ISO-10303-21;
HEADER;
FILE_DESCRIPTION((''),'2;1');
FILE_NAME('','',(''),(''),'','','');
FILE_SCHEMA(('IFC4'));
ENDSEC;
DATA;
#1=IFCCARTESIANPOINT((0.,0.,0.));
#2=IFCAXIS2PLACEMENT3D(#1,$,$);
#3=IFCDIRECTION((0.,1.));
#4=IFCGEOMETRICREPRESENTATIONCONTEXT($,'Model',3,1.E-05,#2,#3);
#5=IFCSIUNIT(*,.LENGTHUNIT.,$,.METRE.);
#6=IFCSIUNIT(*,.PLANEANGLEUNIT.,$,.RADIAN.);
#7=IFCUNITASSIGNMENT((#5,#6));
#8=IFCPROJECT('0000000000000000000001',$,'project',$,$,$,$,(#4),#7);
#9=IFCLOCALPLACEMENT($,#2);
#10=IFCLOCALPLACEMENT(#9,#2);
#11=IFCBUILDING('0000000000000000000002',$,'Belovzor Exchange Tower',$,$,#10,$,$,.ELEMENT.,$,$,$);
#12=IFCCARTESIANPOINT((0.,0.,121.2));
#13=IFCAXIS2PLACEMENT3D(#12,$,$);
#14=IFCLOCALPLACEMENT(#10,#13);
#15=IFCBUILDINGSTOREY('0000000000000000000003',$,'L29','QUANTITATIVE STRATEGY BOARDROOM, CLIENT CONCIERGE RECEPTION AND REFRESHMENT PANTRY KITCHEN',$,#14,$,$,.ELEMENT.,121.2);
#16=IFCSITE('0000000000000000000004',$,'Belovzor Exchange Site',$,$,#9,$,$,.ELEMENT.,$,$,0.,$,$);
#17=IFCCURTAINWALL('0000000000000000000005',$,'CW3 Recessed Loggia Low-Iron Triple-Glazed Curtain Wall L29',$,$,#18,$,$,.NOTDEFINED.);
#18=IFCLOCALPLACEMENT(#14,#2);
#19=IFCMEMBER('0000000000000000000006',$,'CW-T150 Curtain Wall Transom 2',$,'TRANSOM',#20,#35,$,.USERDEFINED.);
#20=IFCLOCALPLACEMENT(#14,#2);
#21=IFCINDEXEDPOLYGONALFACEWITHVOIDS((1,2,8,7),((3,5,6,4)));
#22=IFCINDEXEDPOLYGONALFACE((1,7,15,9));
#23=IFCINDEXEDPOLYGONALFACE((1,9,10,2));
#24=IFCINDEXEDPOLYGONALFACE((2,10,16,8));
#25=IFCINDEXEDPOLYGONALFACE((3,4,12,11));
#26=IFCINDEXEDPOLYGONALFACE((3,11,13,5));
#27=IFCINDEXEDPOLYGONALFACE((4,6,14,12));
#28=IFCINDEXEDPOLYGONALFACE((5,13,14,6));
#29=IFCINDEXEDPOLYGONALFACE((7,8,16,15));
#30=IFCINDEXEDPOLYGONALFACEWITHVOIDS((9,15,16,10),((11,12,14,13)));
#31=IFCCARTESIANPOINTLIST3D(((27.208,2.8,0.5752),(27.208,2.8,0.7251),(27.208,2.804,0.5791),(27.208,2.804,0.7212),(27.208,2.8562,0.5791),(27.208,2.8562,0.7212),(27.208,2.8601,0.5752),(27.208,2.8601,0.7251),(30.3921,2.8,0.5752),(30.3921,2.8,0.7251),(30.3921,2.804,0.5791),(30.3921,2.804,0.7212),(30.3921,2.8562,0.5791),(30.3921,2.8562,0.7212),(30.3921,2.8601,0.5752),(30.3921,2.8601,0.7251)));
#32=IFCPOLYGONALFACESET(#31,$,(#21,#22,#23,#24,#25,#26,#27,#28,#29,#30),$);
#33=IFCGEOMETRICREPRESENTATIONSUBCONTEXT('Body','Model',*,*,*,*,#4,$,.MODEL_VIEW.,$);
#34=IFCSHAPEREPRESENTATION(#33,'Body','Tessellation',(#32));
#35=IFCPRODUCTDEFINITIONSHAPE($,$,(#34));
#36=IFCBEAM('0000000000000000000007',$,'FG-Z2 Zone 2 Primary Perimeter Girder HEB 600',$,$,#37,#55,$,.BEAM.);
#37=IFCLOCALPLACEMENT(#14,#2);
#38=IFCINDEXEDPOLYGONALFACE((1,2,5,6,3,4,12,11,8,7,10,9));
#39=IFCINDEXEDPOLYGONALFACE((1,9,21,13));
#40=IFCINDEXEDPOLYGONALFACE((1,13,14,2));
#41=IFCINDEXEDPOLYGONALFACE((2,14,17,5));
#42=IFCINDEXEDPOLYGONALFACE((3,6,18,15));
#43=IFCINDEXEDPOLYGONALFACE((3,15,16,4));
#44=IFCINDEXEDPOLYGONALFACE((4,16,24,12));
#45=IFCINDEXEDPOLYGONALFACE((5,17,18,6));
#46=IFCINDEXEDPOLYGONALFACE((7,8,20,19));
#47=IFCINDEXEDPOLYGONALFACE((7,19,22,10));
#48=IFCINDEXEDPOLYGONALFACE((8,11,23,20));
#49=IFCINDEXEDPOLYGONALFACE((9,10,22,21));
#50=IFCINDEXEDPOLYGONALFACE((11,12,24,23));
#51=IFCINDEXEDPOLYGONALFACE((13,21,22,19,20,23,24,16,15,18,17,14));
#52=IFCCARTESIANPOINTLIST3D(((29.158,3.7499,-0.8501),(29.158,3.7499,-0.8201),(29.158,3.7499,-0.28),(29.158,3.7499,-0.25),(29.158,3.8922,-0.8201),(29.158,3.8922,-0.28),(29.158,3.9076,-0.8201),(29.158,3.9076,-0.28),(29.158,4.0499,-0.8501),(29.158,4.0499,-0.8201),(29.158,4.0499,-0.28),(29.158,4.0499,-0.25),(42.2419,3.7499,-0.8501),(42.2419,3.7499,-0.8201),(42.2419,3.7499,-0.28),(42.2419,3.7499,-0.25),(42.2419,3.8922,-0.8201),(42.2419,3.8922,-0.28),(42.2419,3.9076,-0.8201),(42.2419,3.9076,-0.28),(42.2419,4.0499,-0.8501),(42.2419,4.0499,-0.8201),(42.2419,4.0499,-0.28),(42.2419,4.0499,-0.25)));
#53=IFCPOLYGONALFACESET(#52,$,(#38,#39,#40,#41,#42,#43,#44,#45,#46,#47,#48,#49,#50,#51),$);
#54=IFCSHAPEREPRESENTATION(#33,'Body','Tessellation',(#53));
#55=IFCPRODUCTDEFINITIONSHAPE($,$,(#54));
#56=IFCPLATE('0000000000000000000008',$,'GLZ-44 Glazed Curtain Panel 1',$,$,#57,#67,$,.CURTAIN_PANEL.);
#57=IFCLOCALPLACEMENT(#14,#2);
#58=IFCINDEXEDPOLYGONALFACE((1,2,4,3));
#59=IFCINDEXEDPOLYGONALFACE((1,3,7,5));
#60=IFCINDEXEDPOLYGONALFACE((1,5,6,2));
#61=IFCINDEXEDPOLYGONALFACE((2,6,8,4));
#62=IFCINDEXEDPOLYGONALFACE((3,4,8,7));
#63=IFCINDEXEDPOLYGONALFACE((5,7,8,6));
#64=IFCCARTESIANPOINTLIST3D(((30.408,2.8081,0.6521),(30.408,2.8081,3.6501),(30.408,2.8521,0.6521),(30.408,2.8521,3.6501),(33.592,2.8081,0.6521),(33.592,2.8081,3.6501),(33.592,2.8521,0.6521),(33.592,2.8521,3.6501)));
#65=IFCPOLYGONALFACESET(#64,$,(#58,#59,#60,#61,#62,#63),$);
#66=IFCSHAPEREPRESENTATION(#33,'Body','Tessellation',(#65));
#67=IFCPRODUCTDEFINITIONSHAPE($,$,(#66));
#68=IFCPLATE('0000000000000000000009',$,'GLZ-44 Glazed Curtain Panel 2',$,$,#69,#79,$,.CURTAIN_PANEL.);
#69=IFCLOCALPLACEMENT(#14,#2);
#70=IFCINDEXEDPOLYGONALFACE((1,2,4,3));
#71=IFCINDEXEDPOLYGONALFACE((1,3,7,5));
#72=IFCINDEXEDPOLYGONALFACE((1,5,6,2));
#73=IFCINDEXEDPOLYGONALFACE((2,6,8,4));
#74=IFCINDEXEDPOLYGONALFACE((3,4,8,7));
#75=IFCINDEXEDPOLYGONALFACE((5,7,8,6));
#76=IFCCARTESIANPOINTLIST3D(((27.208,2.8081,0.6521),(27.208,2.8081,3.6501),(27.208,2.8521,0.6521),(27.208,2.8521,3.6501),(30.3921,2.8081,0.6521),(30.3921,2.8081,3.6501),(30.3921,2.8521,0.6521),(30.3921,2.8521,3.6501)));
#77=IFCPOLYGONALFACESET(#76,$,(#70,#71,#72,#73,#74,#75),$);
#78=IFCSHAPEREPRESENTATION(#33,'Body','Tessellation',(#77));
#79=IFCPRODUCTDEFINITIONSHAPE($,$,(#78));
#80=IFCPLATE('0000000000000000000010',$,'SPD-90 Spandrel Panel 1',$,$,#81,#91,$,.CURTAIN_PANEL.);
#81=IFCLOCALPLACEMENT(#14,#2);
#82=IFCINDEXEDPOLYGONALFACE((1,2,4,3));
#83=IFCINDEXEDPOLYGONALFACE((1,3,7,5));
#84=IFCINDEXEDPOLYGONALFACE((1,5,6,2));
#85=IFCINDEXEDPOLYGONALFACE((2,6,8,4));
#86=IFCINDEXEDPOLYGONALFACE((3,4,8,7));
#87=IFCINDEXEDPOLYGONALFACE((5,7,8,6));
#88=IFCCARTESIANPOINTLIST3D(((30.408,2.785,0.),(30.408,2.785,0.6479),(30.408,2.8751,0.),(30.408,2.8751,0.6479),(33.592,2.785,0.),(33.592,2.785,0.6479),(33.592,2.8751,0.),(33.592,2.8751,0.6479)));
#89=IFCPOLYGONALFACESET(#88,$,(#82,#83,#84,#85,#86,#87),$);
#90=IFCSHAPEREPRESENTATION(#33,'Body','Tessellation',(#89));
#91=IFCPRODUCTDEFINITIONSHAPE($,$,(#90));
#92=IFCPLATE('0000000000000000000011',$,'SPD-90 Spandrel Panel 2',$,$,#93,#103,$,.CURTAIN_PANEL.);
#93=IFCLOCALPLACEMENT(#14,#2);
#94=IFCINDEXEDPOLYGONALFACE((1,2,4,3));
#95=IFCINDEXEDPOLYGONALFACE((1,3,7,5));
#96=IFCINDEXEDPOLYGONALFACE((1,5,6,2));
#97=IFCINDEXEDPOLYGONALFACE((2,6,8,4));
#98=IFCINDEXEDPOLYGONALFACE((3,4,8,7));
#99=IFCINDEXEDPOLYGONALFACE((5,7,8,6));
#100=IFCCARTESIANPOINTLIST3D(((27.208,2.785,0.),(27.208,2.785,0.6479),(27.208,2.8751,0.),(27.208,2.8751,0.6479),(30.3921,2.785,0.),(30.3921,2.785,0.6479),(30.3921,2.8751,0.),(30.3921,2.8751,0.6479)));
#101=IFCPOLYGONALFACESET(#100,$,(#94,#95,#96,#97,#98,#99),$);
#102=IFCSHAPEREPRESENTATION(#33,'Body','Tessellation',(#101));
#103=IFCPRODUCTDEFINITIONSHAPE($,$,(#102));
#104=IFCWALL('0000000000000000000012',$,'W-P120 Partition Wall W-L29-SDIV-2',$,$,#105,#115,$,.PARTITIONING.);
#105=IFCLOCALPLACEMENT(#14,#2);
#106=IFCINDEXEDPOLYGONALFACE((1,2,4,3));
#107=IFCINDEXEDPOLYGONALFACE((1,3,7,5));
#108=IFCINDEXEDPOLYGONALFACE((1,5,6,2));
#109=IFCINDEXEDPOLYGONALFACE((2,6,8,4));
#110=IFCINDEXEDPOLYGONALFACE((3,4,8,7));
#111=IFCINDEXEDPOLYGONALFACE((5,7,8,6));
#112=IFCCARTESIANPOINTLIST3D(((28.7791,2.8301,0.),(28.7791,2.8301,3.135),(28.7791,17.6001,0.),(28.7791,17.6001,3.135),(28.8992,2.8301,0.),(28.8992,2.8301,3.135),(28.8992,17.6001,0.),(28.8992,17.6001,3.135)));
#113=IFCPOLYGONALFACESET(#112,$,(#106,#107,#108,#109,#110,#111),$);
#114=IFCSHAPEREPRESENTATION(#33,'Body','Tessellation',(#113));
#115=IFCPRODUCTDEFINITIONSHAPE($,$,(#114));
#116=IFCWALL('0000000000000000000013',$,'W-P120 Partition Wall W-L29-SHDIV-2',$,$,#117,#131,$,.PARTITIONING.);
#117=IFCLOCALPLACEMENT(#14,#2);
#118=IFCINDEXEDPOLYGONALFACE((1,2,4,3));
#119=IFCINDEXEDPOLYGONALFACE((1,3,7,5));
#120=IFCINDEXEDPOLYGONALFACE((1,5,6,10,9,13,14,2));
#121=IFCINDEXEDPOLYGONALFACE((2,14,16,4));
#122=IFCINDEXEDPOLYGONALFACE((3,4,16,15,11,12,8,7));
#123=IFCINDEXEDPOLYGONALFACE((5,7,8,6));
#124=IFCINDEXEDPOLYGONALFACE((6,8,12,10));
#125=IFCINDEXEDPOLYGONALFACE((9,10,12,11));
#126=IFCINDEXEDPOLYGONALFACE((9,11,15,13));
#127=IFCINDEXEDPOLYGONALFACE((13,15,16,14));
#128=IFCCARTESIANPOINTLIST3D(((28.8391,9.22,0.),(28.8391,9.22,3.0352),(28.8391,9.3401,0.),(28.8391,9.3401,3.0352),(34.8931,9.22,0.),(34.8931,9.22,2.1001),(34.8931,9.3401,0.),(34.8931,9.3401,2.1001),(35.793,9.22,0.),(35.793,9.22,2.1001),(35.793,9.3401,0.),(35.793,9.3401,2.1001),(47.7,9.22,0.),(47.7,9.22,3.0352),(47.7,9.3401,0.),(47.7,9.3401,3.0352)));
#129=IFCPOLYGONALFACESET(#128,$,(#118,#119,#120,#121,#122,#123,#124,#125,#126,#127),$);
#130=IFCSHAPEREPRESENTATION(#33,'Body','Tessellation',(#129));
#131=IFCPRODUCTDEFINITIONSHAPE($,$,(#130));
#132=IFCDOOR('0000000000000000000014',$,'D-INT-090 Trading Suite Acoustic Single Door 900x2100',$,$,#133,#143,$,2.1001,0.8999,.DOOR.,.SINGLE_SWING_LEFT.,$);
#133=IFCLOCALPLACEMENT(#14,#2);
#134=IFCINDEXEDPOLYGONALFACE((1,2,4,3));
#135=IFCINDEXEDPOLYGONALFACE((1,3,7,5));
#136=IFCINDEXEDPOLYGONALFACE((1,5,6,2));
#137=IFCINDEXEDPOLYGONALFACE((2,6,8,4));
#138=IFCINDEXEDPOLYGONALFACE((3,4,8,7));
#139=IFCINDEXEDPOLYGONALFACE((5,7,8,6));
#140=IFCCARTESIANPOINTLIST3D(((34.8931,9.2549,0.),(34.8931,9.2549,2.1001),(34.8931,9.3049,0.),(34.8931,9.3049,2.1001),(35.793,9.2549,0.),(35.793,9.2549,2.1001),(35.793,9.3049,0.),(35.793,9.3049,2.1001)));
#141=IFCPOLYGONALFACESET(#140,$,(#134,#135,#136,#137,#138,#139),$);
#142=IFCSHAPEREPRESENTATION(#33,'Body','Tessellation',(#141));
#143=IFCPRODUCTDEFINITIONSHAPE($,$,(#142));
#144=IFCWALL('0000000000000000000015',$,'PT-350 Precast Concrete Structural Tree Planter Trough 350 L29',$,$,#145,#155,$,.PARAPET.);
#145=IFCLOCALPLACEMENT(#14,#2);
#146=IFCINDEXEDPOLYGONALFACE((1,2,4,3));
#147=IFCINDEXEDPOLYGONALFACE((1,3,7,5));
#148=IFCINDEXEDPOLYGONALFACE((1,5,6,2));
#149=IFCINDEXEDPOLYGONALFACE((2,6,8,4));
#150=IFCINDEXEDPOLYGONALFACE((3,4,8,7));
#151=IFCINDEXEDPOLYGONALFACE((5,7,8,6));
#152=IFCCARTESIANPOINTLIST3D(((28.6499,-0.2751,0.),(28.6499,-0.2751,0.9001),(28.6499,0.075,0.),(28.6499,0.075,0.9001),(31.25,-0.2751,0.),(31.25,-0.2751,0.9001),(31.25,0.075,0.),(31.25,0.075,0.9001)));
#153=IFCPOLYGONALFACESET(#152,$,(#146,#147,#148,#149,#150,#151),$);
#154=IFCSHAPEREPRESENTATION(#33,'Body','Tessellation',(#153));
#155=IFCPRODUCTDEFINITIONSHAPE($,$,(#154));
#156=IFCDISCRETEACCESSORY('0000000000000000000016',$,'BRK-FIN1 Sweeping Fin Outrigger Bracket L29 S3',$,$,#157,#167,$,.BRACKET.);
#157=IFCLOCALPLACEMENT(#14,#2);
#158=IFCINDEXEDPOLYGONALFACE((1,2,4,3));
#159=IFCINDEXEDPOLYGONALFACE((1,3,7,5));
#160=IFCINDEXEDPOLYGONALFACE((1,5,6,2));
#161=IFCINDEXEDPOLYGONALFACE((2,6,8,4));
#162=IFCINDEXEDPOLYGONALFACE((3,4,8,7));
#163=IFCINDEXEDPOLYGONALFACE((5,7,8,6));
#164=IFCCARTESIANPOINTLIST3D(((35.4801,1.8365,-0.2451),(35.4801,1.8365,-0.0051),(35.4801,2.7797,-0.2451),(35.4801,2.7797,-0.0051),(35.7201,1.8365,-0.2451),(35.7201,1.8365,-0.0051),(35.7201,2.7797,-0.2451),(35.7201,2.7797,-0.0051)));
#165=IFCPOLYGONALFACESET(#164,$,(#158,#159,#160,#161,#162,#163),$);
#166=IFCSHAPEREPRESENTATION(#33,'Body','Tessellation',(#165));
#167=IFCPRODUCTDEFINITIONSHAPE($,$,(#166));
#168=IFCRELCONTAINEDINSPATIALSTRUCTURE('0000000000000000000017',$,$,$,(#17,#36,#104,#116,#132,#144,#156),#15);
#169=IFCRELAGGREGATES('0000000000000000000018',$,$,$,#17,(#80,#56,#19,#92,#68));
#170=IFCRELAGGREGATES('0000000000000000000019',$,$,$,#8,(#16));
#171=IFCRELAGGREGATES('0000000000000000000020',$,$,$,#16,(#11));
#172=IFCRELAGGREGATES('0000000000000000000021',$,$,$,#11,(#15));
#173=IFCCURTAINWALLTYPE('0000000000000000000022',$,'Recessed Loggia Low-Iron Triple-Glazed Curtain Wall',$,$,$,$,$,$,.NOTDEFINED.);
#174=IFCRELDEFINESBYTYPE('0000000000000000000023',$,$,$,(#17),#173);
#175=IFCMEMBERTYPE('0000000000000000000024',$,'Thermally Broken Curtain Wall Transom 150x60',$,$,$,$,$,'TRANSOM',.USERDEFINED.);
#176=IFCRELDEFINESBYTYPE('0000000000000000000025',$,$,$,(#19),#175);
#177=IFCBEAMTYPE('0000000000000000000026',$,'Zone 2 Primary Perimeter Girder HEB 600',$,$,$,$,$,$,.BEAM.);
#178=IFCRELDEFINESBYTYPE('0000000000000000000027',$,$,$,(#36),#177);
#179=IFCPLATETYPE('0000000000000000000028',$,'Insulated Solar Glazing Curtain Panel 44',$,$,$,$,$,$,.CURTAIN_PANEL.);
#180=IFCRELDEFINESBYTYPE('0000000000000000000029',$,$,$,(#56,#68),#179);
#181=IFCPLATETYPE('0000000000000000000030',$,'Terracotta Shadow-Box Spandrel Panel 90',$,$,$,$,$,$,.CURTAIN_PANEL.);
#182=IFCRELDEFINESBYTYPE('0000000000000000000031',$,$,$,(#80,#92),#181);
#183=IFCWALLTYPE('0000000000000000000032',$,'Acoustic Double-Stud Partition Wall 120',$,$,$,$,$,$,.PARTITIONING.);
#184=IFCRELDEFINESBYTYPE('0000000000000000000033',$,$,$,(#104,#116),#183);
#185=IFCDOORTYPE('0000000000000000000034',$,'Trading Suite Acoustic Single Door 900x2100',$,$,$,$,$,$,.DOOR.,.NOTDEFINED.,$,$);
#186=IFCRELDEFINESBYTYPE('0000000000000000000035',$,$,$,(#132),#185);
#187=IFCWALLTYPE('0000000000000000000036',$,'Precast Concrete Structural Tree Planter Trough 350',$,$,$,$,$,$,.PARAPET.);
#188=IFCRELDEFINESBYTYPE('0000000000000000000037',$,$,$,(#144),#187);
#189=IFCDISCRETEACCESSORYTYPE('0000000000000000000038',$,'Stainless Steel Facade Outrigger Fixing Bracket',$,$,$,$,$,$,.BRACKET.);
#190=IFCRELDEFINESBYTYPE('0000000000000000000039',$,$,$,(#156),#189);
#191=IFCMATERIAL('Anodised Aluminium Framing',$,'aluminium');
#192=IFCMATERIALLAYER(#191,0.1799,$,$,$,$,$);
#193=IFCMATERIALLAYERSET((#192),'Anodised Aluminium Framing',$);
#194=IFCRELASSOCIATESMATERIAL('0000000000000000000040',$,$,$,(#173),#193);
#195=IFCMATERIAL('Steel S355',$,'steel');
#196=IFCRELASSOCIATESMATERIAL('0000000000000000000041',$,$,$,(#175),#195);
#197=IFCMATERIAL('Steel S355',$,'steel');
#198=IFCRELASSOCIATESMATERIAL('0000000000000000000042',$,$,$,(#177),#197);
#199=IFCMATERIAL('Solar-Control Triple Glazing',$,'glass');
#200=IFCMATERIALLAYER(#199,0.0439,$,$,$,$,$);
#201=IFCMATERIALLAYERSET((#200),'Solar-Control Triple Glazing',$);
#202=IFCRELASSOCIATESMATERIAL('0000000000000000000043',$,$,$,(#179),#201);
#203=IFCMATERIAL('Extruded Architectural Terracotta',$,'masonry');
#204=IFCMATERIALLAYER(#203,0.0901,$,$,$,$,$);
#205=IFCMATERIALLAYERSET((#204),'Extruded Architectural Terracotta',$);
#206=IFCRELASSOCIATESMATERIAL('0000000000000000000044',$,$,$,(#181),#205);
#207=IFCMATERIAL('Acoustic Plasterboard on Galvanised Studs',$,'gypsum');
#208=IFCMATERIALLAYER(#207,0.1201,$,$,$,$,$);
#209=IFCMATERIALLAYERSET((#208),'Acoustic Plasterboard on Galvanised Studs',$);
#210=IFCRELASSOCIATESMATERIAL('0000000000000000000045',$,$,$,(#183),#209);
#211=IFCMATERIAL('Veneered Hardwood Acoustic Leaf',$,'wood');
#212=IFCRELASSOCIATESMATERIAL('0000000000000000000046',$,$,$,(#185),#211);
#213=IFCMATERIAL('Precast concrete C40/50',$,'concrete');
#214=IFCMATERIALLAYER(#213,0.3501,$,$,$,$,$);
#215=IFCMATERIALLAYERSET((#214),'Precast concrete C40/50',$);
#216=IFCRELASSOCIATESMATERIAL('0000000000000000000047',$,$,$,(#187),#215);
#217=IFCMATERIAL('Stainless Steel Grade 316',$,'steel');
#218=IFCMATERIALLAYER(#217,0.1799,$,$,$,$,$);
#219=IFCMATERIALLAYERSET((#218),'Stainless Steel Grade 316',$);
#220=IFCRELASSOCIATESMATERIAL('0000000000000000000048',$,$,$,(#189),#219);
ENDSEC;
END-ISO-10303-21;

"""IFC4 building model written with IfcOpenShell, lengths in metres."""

from ifc_helpers import new_model, si_unit, direction, frame, frame_2d, origin, origin_2d, place, context, subcontext, project, spatial, rectangle, hollow_rectangle, i_section, extrude, material, layer, layer_set, material_profile, profile_set, type_object, element, fill, aggregate, save


model = new_model("IFC4")

# Units and contexts
model_context = context("Model", 3, precision=1e-05, world=origin(), true_north=direction((0.0, 1.0)))
body_context = subcontext(model_context, "Body", "Model", "MODEL_VIEW")
ifc_project = project(units=[si_unit("LENGTHUNIT", "METRE"), si_unit("PLANEANGLEUNIT", "RADIAN")], contexts=[model_context])

# Site, building, storey
site_placement = place(None, origin())
site = spatial("IfcSite", under=ifc_project, at=site_placement, Name="Belovzor Exchange Site", CompositionType="ELEMENT", RefElevation=0.0)
building_placement = place(site_placement, origin())
building = spatial("IfcBuilding", under=site, at=building_placement, Name="Belovzor Exchange Tower", CompositionType="ELEMENT")
storey_placement = place(building_placement, frame((0.0, 0.0, 121.2)))
storey = spatial("IfcBuildingStorey", under=building, at=storey_placement, Name="L29", Description="QUANTITATIVE STRATEGY BOARDROOM, CLIENT CONCIERGE RECEPTION AND REFRESHMENT PANTRY KITCHEN", CompositionType="ELEMENT", Elevation=121.2)

# Curtain wall, member
ifc_material_1 = material(Name="Anodised Aluminium Framing", Category="aluminium")
ifc_layer_1 = layer(ifc_material_1, 0.1799)
ifc_layer_set_1 = layer_set([ifc_layer_1], Name="Anodised Aluminium Framing")
curtain_wall_type = type_object("IfcCurtainWallType", Name="Recessed Loggia Low-Iron Triple-Glazed Curtain Wall", PredefinedType="NOTDEFINED", material=ifc_layer_set_1)
curtain_wall_placement = place(storey_placement, origin())
curtain_wall = element("IfcCurtainWall", 1, at=curtain_wall_placement, inside=storey, type_object=curtain_wall_type, Name="CW3 Recessed Loggia Low-Iron Triple-Glazed Curtain Wall L29", PredefinedType="NOTDEFINED")
ifc_material_2 = material(Name="Steel S355", Category="steel")
ifc_material_profile_1 = material_profile(ifc_material_2, hollow_rectangle(XDim=0.0601, YDim=0.1499, WallThickness=0.0039, at=origin_2d()))
ifc_profile_set_1 = profile_set([ifc_material_profile_1], Name="Steel S355")
member_type_1 = type_object("IfcMemberType", Name="Thermally Broken Curtain Wall Transom 150x60", ElementType="TRANSOM", PredefinedType="USERDEFINED", material=ifc_profile_set_1)
member_1_placement = place(storey_placement, frame((30.3921, 2.8301, 0.6501), z_axis=(-1.0, 0.0, 0.0), x_axis=(0.0, -1.0, 0.0)))
member_1 = element("IfcMember", 2, at=member_1_placement, type_object=member_type_1, Name="CW-T150 Curtain Wall Transom 2", ObjectType="TRANSOM", PredefinedType="USERDEFINED", context=body_context, shape_type="SweptSolid", body=[
    extrude(hollow_rectangle(XDim=0.0601, YDim=0.1499, WallThickness=0.0039, at=origin_2d()), origin(), (0.0, 0.0, 1.0), 3.1841),
])

# Beam
ifc_material_3 = material(Name="Steel S355", Category="steel")
ifc_material_profile_2 = material_profile(ifc_material_3, i_section(OverallWidth=0.3, OverallDepth=0.6001, WebThickness=0.0154, FlangeThickness=0.03, at=origin_2d()))
ifc_profile_set_2 = profile_set([ifc_material_profile_2], Name="Steel S355")
beam_type_1 = type_object("IfcBeamType", Name="Zone 2 Primary Perimeter Girder HEB 600", PredefinedType="BEAM", material=ifc_profile_set_2)
beam_1_placement = place(storey_placement, frame((29.158, 3.8999, -0.55), z_axis=(1.0, 0.0, 0.0), x_axis=(0.0, 1.0, 0.0)))
element("IfcBeam", 3, at=beam_1_placement, inside=storey, type_object=beam_type_1, Name="FG-Z2 Zone 2 Primary Perimeter Girder HEB 600", PredefinedType="BEAM", context=body_context, shape_type="SweptSolid", body=[
    extrude(i_section(OverallWidth=0.3, OverallDepth=0.6001, WebThickness=0.0154, FlangeThickness=0.03, at=origin_2d()), origin(), (0.0, 0.0, 1.0), 13.084),
])

# Plates
ifc_material_4 = material(Name="Solar-Control Triple Glazing", Category="glass")
ifc_layer_2 = layer(ifc_material_4, 0.0439)
ifc_layer_set_2 = layer_set([ifc_layer_2], Name="Solar-Control Triple Glazing")
plate_type_1 = type_object("IfcPlateType", Name="Insulated Solar Glazing Curtain Panel 44", PredefinedType="CURTAIN_PANEL", material=ifc_layer_set_2)
plate_1_placement = place(storey_placement, frame((32.0, 2.8301, 0.6521), z_axis=(0.0, 0.0, 1.0), x_axis=(-1.0, 0.0, 0.0)))
plate_1 = element("IfcPlate", 4, at=plate_1_placement, type_object=plate_type_1, Name="GLZ-44 Glazed Curtain Panel 1", PredefinedType="CURTAIN_PANEL", context=body_context, shape_type="SweptSolid", body=[
    extrude(rectangle(XDim=3.1841, YDim=0.0439, at=origin_2d()), origin(), (0.0, 0.0, 1.0), 2.998),
])
plate_2_placement = place(storey_placement, frame((28.8, 2.8301, 0.6521), z_axis=(0.0, 0.0, 1.0), x_axis=(-1.0, 0.0, 0.0)))
plate_2 = element("IfcPlate", 5, at=plate_2_placement, type_object=plate_type_1, Name="GLZ-44 Glazed Curtain Panel 2", PredefinedType="CURTAIN_PANEL", context=body_context, shape_type="SweptSolid", body=[
    extrude(rectangle(XDim=3.1841, YDim=0.0439, at=origin_2d()), origin(), (0.0, 0.0, 1.0), 2.998),
])
ifc_material_5 = material(Name="Extruded Architectural Terracotta", Category="masonry")
ifc_layer_3 = layer(ifc_material_5, 0.0901)
ifc_layer_set_3 = layer_set([ifc_layer_3], Name="Extruded Architectural Terracotta")
plate_type_2 = type_object("IfcPlateType", Name="Terracotta Shadow-Box Spandrel Panel 90", PredefinedType="CURTAIN_PANEL", material=ifc_layer_set_3)
plate_3_placement = place(storey_placement, frame((32.0, 2.8301, 0.0), z_axis=(0.0, 0.0, 1.0), x_axis=(-1.0, 0.0, 0.0)))
plate_3 = element("IfcPlate", 6, at=plate_3_placement, type_object=plate_type_2, Name="SPD-90 Spandrel Panel 1", PredefinedType="CURTAIN_PANEL", context=body_context, shape_type="SweptSolid", body=[
    extrude(rectangle(XDim=3.1841, YDim=0.0901, at=origin_2d()), origin(), (0.0, 0.0, 1.0), 0.6479),
])
plate_4_placement = place(storey_placement, frame((28.8, 2.8301, 0.0), z_axis=(0.0, 0.0, 1.0), x_axis=(-1.0, 0.0, 0.0)))
plate_4 = element("IfcPlate", 7, at=plate_4_placement, type_object=plate_type_2, Name="SPD-90 Spandrel Panel 2", PredefinedType="CURTAIN_PANEL", context=body_context, shape_type="SweptSolid", body=[
    extrude(rectangle(XDim=3.1841, YDim=0.0901, at=origin_2d()), origin(), (0.0, 0.0, 1.0), 0.6479),
])
aggregate(curtain_wall, [plate_3, plate_1, member_1, plate_4, plate_2])

# Wall
ifc_material_6 = material(Name="Acoustic Plasterboard on Galvanised Studs", Category="gypsum")
ifc_layer_4 = layer(ifc_material_6, 0.1201)
ifc_layer_set_4 = layer_set([ifc_layer_4], Name="Acoustic Plasterboard on Galvanised Studs")
wall_type_1 = type_object("IfcWallType", Name="Acoustic Double-Stud Partition Wall 120", PredefinedType="PARTITIONING", material=ifc_layer_set_4)
wall_1_placement = place(storey_placement, frame((28.8391, 2.8301, 0.0), z_axis=(0.0, 0.0, 1.0), x_axis=(0.0, 1.0, 0.0)))
element("IfcWall", 8, at=wall_1_placement, inside=storey, type_object=wall_type_1, Name="W-P120 Partition Wall W-L29-SDIV-2", PredefinedType="PARTITIONING", context=body_context, shape_type="SweptSolid", body=[
    extrude(rectangle(XDim=14.77, YDim=0.1201, at=frame_2d((7.385, 0.0))), origin(), (0.0, 0.0, 1.0), 3.135),
])

# Wall, opening, door
wall_2_placement = place(storey_placement, frame((28.8391, 9.28, 0.0), z_axis=(0.0, 0.0, 1.0), x_axis=(1.0, 0.0, 0.0)))
wall_2 = element("IfcWall", 9, at=wall_2_placement, inside=storey, type_object=wall_type_1, Name="W-P120 Partition Wall W-L29-SHDIV-2", PredefinedType="PARTITIONING", context=body_context, shape_type="SweptSolid", body=[
    extrude(rectangle(XDim=18.8608, YDim=0.1201, at=frame_2d((9.4304, 0.0))), origin(), (0.0, 0.0, 1.0), 3.0352),
])
opening_placement = place(wall_2_placement, frame((6.054, 0.0, 0.0)))
opening = element("IfcOpeningElement", 10, at=opening_placement, cuts=wall_2, PredefinedType="OPENING", context=body_context, shape_type="SweptSolid", body=[
    extrude(rectangle(XDim=0.8999, YDim=2.1001, at=frame_2d((0.45, 1.05))), frame((0.0, 0.0701, 0.0), z_axis=(0.0, -1.0, 0.0), x_axis=(1.0, 0.0, 0.0)), (0.0, 0.0, 1.0), 0.1401),
])
ifc_material_7 = material(Name="Veneered Hardwood Acoustic Leaf", Category="wood")
door_type = type_object("IfcDoorType", Name="Trading Suite Acoustic Single Door 900x2100", OperationType="NOTDEFINED", PredefinedType="DOOR", material=ifc_material_7)
door_placement = place(opening_placement, origin())
door = element("IfcDoor", 11, at=door_placement, inside=storey, type_object=door_type, Name="D-INT-090 Trading Suite Acoustic Single Door 900x2100", OperationType="SINGLE_SWING_LEFT", OverallHeight=2.1001, OverallWidth=0.8999, PredefinedType="DOOR", context=body_context, shape_type="SweptSolid", body=[
    extrude(rectangle(XDim=0.8999, YDim=2.1001, at=frame_2d((0.45, 1.05))), frame((0.0, 0.0249, 0.0), z_axis=(0.0, -1.0, 0.0), x_axis=(1.0, 0.0, 0.0)), (0.0, 0.0, 1.0), 0.05),
])
fill(opening, door)

# Wall
ifc_material_8 = material(Name="Precast concrete C40/50", Category="concrete")
ifc_layer_5 = layer(ifc_material_8, 0.3501)
ifc_layer_set_5 = layer_set([ifc_layer_5], Name="Precast concrete C40/50")
wall_type_2 = type_object("IfcWallType", Name="Precast Concrete Structural Tree Planter Trough 350", PredefinedType="PARAPET", material=ifc_layer_set_5)
wall_3_placement = place(storey_placement, frame((28.6499, -0.1001, 0.0), z_axis=(0.0, 0.0, 1.0), x_axis=(1.0, 0.0, 0.0)))
element("IfcWall", 12, at=wall_3_placement, inside=storey, type_object=wall_type_2, Name="PT-350 Precast Concrete Structural Tree Planter Trough 350 L29", PredefinedType="PARAPET", context=body_context, shape_type="SweptSolid", body=[
    extrude(rectangle(XDim=2.6001, YDim=0.3501, at=frame_2d((1.3, 0.0))), origin(), (0.0, 0.0, 1.0), 0.9001),
])

# Discrete accessory
ifc_material_9 = material(Name="Stainless Steel Grade 316", Category="steel")
ifc_layer_6 = layer(ifc_material_9, 0.1799)
ifc_layer_set_6 = layer_set([ifc_layer_6], Name="Stainless Steel Grade 316")
discrete_accessory_type = type_object("IfcDiscreteAccessoryType", Name="Stainless Steel Facade Outrigger Fixing Bracket", PredefinedType="BRACKET", material=ifc_layer_set_6)
discrete_accessory_placement = place(storey_placement, frame((35.6001, 2.3081, -0.2451), z_axis=(0.0, 0.0, 1.0), x_axis=(0.0, 1.0, 0.0)))
element("IfcDiscreteAccessory", 13, at=discrete_accessory_placement, inside=storey, type_object=discrete_accessory_type, Name="BRK-FIN1 Sweeping Fin Outrigger Bracket L29 S3", PredefinedType="BRACKET", context=body_context, shape_type="SweptSolid", body=[
    extrude(rectangle(XDim=0.9431, YDim=0.24, at=origin_2d()), origin(), (0.0, 0.0, 1.0), 0.24),
])

save(model, "model.ifc")
